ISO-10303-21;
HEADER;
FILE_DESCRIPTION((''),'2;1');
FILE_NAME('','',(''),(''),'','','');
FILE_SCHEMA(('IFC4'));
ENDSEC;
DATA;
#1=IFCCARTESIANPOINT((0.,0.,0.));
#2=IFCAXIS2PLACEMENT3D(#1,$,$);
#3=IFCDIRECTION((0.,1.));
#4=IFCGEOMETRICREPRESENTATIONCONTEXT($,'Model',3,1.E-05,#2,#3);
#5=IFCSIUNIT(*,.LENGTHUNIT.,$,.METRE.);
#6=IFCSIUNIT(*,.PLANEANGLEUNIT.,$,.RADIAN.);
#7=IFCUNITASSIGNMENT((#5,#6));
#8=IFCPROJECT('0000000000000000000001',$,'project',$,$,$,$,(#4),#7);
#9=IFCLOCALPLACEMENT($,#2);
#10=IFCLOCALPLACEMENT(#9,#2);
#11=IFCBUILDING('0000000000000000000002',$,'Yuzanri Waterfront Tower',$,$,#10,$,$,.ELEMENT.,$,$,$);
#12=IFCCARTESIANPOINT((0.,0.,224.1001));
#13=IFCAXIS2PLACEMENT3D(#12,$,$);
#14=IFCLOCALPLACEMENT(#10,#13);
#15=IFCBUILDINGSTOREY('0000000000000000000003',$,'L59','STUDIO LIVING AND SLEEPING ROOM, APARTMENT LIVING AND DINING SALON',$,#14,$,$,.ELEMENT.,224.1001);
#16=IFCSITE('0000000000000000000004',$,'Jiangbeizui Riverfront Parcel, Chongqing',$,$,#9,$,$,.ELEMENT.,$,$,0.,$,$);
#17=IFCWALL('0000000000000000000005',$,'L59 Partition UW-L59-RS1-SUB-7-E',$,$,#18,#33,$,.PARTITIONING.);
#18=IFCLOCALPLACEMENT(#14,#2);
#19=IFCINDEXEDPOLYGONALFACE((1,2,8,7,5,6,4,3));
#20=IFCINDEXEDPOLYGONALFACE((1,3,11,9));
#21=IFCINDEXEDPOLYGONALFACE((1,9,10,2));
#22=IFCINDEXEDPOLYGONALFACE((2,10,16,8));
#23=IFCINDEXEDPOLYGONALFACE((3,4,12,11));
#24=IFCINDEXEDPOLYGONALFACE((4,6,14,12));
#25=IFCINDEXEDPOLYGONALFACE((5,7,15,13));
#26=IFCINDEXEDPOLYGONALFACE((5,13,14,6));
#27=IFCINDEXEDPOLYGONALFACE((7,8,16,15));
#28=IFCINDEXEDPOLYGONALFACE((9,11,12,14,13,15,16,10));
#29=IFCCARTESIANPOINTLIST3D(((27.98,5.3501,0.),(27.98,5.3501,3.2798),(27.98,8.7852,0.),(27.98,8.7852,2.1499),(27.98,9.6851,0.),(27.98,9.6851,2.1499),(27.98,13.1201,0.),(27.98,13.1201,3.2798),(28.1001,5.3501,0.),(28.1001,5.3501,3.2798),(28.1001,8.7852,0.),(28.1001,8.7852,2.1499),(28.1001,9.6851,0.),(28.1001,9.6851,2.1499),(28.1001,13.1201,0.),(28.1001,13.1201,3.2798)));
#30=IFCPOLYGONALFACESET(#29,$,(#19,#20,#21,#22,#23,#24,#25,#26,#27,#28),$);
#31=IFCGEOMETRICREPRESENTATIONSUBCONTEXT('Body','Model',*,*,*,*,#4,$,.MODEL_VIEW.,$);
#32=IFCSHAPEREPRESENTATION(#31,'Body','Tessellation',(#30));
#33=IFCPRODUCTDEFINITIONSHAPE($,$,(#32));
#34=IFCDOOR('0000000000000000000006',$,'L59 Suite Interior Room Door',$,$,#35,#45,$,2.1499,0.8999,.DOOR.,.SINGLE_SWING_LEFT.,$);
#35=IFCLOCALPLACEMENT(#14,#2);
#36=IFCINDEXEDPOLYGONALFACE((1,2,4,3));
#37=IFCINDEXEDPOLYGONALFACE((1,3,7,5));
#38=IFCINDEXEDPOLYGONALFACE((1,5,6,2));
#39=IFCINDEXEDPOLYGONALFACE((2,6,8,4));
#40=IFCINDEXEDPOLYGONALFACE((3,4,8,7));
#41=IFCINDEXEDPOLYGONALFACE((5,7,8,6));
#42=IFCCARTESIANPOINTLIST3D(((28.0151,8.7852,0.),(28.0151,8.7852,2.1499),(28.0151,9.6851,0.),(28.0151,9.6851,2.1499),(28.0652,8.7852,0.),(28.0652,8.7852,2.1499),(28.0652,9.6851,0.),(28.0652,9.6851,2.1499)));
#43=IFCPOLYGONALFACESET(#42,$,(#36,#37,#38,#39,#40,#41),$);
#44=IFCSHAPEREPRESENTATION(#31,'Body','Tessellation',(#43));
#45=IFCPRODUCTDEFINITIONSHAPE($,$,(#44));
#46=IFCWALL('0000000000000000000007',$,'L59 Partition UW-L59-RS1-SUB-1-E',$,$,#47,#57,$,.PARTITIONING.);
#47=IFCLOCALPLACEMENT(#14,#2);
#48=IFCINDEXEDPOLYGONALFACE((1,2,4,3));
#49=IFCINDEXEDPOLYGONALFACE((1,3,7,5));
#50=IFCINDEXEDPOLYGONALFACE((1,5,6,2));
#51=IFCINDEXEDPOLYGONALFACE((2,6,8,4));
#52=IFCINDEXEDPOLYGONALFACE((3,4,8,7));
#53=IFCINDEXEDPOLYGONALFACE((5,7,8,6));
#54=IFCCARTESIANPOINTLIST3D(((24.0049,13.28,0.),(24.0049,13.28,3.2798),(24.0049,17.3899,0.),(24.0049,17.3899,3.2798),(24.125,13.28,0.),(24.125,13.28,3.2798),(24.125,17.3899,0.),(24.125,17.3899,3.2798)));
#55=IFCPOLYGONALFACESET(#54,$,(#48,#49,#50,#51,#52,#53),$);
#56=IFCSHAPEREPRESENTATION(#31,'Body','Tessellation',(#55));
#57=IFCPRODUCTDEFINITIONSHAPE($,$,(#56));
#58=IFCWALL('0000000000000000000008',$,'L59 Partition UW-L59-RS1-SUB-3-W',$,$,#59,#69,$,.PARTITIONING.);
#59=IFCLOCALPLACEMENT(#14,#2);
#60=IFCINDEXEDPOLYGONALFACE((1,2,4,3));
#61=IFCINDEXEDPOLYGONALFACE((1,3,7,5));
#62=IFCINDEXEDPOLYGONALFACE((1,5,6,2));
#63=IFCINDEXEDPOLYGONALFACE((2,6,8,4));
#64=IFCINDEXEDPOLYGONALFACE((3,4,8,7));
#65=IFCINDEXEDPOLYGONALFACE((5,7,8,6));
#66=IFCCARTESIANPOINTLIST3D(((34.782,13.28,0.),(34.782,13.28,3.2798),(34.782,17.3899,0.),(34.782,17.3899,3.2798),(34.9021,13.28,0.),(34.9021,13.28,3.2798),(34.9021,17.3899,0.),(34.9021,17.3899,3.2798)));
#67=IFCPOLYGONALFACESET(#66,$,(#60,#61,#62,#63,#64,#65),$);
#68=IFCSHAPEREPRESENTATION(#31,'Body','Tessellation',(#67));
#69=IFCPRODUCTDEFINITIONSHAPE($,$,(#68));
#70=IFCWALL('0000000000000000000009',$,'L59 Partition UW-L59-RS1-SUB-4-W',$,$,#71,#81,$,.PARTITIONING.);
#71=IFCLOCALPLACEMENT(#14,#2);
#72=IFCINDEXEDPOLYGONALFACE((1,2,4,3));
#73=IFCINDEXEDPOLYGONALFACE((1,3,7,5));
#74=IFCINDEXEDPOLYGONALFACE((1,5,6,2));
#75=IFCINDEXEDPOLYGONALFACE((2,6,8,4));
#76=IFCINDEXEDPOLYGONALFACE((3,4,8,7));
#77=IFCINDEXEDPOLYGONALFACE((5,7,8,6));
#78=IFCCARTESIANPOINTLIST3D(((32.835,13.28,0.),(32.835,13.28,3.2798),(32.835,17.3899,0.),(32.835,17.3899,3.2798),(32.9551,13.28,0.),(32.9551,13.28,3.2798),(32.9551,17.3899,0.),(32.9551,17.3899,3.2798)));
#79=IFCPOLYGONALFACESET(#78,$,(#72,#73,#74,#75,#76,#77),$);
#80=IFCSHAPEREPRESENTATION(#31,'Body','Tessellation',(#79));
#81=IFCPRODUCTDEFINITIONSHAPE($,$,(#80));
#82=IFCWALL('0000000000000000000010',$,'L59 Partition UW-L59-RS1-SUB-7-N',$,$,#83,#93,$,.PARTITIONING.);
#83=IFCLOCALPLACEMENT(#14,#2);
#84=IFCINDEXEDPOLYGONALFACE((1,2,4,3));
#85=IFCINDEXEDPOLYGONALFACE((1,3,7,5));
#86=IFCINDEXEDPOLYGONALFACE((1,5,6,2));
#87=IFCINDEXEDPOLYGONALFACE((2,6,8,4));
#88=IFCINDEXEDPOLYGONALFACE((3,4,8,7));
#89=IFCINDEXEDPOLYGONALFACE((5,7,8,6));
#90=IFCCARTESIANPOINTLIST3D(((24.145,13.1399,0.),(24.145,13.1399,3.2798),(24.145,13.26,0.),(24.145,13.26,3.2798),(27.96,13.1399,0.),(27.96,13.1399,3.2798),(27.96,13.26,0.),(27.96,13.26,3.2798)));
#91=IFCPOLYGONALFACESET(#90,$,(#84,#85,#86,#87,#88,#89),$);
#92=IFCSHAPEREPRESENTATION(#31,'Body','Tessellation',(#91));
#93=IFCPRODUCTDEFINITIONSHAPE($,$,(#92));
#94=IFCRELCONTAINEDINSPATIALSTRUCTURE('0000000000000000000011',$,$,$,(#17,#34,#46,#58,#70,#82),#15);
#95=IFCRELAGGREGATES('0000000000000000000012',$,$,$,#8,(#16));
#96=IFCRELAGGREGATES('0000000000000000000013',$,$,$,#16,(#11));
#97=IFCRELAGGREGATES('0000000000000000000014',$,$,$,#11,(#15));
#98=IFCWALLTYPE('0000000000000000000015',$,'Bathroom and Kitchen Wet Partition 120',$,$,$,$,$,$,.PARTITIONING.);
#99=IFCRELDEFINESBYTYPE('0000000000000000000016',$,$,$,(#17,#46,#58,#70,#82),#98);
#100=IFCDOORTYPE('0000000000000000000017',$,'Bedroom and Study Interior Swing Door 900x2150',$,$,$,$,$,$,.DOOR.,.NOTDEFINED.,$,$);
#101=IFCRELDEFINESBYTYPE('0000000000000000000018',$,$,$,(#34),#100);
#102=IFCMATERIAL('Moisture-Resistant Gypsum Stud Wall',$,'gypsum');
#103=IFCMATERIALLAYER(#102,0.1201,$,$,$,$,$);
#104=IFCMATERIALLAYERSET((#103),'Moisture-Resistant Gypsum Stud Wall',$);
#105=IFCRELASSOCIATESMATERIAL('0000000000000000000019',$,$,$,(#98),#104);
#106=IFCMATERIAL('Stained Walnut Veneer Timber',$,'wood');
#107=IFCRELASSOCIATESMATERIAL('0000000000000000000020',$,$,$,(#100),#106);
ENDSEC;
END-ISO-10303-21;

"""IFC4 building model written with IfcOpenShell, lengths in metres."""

from ifc_helpers import new_model, si_unit, direction, frame, frame_2d, origin, place, context, subcontext, project, spatial, rectangle, extrude, source, transform, mapped, material, layer, layer_set, type_object, element, fill, save


model = new_model("IFC4")

# Units and contexts
model_context = context("Model", 3, precision=1e-05, world=origin(), true_north=direction((0.0, 1.0)))
body_context = subcontext(model_context, "Body", "Model", "MODEL_VIEW")
ifc_project = project(units=[si_unit("LENGTHUNIT", "METRE"), si_unit("PLANEANGLEUNIT", "RADIAN")], contexts=[model_context])

# Site, building, storey
site_placement = place(None, origin())
site = spatial("IfcSite", under=ifc_project, at=site_placement, Name="Jiangbeizui Riverfront Parcel, Chongqing", CompositionType="ELEMENT", RefElevation=0.0)
building_placement = place(site_placement, origin())
building = spatial("IfcBuilding", under=site, at=building_placement, Name="Yuzanri Waterfront Tower", CompositionType="ELEMENT")
storey_placement = place(building_placement, frame((0.0, 0.0, 224.1001)))
storey = spatial("IfcBuildingStorey", under=building, at=storey_placement, Name="L59", Description="STUDIO LIVING AND SLEEPING ROOM, APARTMENT LIVING AND DINING SALON", CompositionType="ELEMENT", Elevation=224.1001)

# Shared definitions
ifc_material_1 = material(Name="Moisture-Resistant Gypsum Stud Wall", Category="gypsum")
ifc_layer_1 = layer(ifc_material_1, 0.1201)
ifc_layer_set_1 = layer_set([ifc_layer_1], Name="Moisture-Resistant Gypsum Stud Wall")
wall_type = type_object("IfcWallType", Name="Bathroom and Kitchen Wet Partition 120", PredefinedType="PARTITIONING", material=ifc_layer_set_1)
ifc_material_2 = material(Name="Stained Walnut Veneer Timber", Category="wood")
door_type_1 = type_object("IfcDoorType", Name="Bedroom and Study Interior Swing Door 900x2150", OperationType="NOTDEFINED", PredefinedType="DOOR", material=ifc_material_2)
shared_shape_1 = source(origin(), body_context, "Body", "SweptSolid", [
    extrude(rectangle(XDim=0.8999, YDim=2.1499, at=frame_2d((0.45, 1.075))), frame((0.0, 0.0249, 0.0), z_axis=(0.0, -1.0, 0.0), x_axis=(1.0, 0.0, 0.0)), (0.0, 0.0, 1.0), 0.05),
])

# Wall, opening, door
wall_1_placement = place(storey_placement, frame((28.04, 5.3501, 0.0), z_axis=(0.0, 0.0, 1.0), x_axis=(0.0, 1.0, 0.0)))
wall_1 = element("IfcWall", 1, at=wall_1_placement, inside=storey, type_object=wall_type, Name="L59 Partition UW-L59-RS1-SUB-7-E", PredefinedType="PARTITIONING", context=body_context, shape_type="SweptSolid", body=[
    extrude(rectangle(XDim=7.77, YDim=0.1201, at=frame_2d((3.885, 0.0))), origin(), (0.0, 0.0, 1.0), 3.2798),
])
opening_1_placement = place(wall_1_placement, frame((3.4351, 0.0, 0.0)))
opening_1 = element("IfcOpeningElement", 2, at=opening_1_placement, cuts=wall_1, PredefinedType="OPENING", context=body_context, shape_type="SweptSolid", body=[
    extrude(rectangle(XDim=0.8999, YDim=2.1499, at=frame_2d((0.45, 1.075))), frame((0.0, 0.075, 0.0), z_axis=(0.0, -1.0, 0.0), x_axis=(1.0, 0.0, 0.0)), (0.0, 0.0, 1.0), 0.1499),
])
door_1_placement = place(opening_1_placement, origin())
door_1 = element("IfcDoor", 3, at=door_1_placement, inside=storey, type_object=door_type_1, Name="L59 Suite Interior Room Door", OperationType="SINGLE_SWING_LEFT", OverallHeight=2.1499, OverallWidth=0.8999, PredefinedType="DOOR", context=body_context, shape_type="MappedRepresentation", body=[
    mapped(shared_shape_1, transform((0.0, 0.0, 0.0), scale=1.0)),
])
fill(opening_1, door_1)

# Walls
shared_shape_2 = source(origin(), body_context, "Body", "SweptSolid", [
    extrude(rectangle(XDim=4.1099, YDim=0.1201, at=frame_2d((2.0549, 0.0))), origin(), (0.0, 0.0, 1.0), 3.2798),
])
for number, where, z_axis, x_axis, name in (
    (4, (24.0649, 13.28, 0.0), (0.0, 0.0, 1.0), (0.0, 1.0, 0.0), "L59 Partition UW-L59-RS1-SUB-1-E"),
    (5, (34.842, 13.28, 0.0), (0.0, 0.0, 1.0), (0.0, 1.0, 0.0), "L59 Partition UW-L59-RS1-SUB-3-W"),
    (6, (32.895, 13.28, 0.0), (0.0, 0.0, 1.0), (0.0, 1.0, 0.0), "L59 Partition UW-L59-RS1-SUB-4-W"),
):
    element("IfcWall", number, at=place(storey_placement, frame(where, z_axis=z_axis, x_axis=x_axis)), inside=storey, type_object=wall_type, Name=name, PredefinedType="PARTITIONING", context=body_context, shape_type="MappedRepresentation", body=[
        mapped(shared_shape_2, transform((0.0, 0.0, 0.0), scale=1.0)),
    ])
shared_shape_3 = source(origin(), body_context, "Body", "SweptSolid", [
    extrude(rectangle(XDim=3.8149, YDim=0.1201, at=frame_2d((1.9075, 0.0))), origin(), (0.0, 0.0, 1.0), 3.2798),
])
wall_2_placement = place(storey_placement, frame((24.145, 13.2, 0.0), z_axis=(0.0, 0.0, 1.0), x_axis=(1.0, 0.0, 0.0)))
element("IfcWall", 7, at=wall_2_placement, inside=storey, type_object=wall_type, Name="L59 Partition UW-L59-RS1-SUB-7-N", PredefinedType="PARTITIONING", context=body_context, shape_type="MappedRepresentation", body=[
    mapped(shared_shape_3, transform((0.0, 0.0, 0.0), scale=1.0)),
])

save(model, "model.ifc")
